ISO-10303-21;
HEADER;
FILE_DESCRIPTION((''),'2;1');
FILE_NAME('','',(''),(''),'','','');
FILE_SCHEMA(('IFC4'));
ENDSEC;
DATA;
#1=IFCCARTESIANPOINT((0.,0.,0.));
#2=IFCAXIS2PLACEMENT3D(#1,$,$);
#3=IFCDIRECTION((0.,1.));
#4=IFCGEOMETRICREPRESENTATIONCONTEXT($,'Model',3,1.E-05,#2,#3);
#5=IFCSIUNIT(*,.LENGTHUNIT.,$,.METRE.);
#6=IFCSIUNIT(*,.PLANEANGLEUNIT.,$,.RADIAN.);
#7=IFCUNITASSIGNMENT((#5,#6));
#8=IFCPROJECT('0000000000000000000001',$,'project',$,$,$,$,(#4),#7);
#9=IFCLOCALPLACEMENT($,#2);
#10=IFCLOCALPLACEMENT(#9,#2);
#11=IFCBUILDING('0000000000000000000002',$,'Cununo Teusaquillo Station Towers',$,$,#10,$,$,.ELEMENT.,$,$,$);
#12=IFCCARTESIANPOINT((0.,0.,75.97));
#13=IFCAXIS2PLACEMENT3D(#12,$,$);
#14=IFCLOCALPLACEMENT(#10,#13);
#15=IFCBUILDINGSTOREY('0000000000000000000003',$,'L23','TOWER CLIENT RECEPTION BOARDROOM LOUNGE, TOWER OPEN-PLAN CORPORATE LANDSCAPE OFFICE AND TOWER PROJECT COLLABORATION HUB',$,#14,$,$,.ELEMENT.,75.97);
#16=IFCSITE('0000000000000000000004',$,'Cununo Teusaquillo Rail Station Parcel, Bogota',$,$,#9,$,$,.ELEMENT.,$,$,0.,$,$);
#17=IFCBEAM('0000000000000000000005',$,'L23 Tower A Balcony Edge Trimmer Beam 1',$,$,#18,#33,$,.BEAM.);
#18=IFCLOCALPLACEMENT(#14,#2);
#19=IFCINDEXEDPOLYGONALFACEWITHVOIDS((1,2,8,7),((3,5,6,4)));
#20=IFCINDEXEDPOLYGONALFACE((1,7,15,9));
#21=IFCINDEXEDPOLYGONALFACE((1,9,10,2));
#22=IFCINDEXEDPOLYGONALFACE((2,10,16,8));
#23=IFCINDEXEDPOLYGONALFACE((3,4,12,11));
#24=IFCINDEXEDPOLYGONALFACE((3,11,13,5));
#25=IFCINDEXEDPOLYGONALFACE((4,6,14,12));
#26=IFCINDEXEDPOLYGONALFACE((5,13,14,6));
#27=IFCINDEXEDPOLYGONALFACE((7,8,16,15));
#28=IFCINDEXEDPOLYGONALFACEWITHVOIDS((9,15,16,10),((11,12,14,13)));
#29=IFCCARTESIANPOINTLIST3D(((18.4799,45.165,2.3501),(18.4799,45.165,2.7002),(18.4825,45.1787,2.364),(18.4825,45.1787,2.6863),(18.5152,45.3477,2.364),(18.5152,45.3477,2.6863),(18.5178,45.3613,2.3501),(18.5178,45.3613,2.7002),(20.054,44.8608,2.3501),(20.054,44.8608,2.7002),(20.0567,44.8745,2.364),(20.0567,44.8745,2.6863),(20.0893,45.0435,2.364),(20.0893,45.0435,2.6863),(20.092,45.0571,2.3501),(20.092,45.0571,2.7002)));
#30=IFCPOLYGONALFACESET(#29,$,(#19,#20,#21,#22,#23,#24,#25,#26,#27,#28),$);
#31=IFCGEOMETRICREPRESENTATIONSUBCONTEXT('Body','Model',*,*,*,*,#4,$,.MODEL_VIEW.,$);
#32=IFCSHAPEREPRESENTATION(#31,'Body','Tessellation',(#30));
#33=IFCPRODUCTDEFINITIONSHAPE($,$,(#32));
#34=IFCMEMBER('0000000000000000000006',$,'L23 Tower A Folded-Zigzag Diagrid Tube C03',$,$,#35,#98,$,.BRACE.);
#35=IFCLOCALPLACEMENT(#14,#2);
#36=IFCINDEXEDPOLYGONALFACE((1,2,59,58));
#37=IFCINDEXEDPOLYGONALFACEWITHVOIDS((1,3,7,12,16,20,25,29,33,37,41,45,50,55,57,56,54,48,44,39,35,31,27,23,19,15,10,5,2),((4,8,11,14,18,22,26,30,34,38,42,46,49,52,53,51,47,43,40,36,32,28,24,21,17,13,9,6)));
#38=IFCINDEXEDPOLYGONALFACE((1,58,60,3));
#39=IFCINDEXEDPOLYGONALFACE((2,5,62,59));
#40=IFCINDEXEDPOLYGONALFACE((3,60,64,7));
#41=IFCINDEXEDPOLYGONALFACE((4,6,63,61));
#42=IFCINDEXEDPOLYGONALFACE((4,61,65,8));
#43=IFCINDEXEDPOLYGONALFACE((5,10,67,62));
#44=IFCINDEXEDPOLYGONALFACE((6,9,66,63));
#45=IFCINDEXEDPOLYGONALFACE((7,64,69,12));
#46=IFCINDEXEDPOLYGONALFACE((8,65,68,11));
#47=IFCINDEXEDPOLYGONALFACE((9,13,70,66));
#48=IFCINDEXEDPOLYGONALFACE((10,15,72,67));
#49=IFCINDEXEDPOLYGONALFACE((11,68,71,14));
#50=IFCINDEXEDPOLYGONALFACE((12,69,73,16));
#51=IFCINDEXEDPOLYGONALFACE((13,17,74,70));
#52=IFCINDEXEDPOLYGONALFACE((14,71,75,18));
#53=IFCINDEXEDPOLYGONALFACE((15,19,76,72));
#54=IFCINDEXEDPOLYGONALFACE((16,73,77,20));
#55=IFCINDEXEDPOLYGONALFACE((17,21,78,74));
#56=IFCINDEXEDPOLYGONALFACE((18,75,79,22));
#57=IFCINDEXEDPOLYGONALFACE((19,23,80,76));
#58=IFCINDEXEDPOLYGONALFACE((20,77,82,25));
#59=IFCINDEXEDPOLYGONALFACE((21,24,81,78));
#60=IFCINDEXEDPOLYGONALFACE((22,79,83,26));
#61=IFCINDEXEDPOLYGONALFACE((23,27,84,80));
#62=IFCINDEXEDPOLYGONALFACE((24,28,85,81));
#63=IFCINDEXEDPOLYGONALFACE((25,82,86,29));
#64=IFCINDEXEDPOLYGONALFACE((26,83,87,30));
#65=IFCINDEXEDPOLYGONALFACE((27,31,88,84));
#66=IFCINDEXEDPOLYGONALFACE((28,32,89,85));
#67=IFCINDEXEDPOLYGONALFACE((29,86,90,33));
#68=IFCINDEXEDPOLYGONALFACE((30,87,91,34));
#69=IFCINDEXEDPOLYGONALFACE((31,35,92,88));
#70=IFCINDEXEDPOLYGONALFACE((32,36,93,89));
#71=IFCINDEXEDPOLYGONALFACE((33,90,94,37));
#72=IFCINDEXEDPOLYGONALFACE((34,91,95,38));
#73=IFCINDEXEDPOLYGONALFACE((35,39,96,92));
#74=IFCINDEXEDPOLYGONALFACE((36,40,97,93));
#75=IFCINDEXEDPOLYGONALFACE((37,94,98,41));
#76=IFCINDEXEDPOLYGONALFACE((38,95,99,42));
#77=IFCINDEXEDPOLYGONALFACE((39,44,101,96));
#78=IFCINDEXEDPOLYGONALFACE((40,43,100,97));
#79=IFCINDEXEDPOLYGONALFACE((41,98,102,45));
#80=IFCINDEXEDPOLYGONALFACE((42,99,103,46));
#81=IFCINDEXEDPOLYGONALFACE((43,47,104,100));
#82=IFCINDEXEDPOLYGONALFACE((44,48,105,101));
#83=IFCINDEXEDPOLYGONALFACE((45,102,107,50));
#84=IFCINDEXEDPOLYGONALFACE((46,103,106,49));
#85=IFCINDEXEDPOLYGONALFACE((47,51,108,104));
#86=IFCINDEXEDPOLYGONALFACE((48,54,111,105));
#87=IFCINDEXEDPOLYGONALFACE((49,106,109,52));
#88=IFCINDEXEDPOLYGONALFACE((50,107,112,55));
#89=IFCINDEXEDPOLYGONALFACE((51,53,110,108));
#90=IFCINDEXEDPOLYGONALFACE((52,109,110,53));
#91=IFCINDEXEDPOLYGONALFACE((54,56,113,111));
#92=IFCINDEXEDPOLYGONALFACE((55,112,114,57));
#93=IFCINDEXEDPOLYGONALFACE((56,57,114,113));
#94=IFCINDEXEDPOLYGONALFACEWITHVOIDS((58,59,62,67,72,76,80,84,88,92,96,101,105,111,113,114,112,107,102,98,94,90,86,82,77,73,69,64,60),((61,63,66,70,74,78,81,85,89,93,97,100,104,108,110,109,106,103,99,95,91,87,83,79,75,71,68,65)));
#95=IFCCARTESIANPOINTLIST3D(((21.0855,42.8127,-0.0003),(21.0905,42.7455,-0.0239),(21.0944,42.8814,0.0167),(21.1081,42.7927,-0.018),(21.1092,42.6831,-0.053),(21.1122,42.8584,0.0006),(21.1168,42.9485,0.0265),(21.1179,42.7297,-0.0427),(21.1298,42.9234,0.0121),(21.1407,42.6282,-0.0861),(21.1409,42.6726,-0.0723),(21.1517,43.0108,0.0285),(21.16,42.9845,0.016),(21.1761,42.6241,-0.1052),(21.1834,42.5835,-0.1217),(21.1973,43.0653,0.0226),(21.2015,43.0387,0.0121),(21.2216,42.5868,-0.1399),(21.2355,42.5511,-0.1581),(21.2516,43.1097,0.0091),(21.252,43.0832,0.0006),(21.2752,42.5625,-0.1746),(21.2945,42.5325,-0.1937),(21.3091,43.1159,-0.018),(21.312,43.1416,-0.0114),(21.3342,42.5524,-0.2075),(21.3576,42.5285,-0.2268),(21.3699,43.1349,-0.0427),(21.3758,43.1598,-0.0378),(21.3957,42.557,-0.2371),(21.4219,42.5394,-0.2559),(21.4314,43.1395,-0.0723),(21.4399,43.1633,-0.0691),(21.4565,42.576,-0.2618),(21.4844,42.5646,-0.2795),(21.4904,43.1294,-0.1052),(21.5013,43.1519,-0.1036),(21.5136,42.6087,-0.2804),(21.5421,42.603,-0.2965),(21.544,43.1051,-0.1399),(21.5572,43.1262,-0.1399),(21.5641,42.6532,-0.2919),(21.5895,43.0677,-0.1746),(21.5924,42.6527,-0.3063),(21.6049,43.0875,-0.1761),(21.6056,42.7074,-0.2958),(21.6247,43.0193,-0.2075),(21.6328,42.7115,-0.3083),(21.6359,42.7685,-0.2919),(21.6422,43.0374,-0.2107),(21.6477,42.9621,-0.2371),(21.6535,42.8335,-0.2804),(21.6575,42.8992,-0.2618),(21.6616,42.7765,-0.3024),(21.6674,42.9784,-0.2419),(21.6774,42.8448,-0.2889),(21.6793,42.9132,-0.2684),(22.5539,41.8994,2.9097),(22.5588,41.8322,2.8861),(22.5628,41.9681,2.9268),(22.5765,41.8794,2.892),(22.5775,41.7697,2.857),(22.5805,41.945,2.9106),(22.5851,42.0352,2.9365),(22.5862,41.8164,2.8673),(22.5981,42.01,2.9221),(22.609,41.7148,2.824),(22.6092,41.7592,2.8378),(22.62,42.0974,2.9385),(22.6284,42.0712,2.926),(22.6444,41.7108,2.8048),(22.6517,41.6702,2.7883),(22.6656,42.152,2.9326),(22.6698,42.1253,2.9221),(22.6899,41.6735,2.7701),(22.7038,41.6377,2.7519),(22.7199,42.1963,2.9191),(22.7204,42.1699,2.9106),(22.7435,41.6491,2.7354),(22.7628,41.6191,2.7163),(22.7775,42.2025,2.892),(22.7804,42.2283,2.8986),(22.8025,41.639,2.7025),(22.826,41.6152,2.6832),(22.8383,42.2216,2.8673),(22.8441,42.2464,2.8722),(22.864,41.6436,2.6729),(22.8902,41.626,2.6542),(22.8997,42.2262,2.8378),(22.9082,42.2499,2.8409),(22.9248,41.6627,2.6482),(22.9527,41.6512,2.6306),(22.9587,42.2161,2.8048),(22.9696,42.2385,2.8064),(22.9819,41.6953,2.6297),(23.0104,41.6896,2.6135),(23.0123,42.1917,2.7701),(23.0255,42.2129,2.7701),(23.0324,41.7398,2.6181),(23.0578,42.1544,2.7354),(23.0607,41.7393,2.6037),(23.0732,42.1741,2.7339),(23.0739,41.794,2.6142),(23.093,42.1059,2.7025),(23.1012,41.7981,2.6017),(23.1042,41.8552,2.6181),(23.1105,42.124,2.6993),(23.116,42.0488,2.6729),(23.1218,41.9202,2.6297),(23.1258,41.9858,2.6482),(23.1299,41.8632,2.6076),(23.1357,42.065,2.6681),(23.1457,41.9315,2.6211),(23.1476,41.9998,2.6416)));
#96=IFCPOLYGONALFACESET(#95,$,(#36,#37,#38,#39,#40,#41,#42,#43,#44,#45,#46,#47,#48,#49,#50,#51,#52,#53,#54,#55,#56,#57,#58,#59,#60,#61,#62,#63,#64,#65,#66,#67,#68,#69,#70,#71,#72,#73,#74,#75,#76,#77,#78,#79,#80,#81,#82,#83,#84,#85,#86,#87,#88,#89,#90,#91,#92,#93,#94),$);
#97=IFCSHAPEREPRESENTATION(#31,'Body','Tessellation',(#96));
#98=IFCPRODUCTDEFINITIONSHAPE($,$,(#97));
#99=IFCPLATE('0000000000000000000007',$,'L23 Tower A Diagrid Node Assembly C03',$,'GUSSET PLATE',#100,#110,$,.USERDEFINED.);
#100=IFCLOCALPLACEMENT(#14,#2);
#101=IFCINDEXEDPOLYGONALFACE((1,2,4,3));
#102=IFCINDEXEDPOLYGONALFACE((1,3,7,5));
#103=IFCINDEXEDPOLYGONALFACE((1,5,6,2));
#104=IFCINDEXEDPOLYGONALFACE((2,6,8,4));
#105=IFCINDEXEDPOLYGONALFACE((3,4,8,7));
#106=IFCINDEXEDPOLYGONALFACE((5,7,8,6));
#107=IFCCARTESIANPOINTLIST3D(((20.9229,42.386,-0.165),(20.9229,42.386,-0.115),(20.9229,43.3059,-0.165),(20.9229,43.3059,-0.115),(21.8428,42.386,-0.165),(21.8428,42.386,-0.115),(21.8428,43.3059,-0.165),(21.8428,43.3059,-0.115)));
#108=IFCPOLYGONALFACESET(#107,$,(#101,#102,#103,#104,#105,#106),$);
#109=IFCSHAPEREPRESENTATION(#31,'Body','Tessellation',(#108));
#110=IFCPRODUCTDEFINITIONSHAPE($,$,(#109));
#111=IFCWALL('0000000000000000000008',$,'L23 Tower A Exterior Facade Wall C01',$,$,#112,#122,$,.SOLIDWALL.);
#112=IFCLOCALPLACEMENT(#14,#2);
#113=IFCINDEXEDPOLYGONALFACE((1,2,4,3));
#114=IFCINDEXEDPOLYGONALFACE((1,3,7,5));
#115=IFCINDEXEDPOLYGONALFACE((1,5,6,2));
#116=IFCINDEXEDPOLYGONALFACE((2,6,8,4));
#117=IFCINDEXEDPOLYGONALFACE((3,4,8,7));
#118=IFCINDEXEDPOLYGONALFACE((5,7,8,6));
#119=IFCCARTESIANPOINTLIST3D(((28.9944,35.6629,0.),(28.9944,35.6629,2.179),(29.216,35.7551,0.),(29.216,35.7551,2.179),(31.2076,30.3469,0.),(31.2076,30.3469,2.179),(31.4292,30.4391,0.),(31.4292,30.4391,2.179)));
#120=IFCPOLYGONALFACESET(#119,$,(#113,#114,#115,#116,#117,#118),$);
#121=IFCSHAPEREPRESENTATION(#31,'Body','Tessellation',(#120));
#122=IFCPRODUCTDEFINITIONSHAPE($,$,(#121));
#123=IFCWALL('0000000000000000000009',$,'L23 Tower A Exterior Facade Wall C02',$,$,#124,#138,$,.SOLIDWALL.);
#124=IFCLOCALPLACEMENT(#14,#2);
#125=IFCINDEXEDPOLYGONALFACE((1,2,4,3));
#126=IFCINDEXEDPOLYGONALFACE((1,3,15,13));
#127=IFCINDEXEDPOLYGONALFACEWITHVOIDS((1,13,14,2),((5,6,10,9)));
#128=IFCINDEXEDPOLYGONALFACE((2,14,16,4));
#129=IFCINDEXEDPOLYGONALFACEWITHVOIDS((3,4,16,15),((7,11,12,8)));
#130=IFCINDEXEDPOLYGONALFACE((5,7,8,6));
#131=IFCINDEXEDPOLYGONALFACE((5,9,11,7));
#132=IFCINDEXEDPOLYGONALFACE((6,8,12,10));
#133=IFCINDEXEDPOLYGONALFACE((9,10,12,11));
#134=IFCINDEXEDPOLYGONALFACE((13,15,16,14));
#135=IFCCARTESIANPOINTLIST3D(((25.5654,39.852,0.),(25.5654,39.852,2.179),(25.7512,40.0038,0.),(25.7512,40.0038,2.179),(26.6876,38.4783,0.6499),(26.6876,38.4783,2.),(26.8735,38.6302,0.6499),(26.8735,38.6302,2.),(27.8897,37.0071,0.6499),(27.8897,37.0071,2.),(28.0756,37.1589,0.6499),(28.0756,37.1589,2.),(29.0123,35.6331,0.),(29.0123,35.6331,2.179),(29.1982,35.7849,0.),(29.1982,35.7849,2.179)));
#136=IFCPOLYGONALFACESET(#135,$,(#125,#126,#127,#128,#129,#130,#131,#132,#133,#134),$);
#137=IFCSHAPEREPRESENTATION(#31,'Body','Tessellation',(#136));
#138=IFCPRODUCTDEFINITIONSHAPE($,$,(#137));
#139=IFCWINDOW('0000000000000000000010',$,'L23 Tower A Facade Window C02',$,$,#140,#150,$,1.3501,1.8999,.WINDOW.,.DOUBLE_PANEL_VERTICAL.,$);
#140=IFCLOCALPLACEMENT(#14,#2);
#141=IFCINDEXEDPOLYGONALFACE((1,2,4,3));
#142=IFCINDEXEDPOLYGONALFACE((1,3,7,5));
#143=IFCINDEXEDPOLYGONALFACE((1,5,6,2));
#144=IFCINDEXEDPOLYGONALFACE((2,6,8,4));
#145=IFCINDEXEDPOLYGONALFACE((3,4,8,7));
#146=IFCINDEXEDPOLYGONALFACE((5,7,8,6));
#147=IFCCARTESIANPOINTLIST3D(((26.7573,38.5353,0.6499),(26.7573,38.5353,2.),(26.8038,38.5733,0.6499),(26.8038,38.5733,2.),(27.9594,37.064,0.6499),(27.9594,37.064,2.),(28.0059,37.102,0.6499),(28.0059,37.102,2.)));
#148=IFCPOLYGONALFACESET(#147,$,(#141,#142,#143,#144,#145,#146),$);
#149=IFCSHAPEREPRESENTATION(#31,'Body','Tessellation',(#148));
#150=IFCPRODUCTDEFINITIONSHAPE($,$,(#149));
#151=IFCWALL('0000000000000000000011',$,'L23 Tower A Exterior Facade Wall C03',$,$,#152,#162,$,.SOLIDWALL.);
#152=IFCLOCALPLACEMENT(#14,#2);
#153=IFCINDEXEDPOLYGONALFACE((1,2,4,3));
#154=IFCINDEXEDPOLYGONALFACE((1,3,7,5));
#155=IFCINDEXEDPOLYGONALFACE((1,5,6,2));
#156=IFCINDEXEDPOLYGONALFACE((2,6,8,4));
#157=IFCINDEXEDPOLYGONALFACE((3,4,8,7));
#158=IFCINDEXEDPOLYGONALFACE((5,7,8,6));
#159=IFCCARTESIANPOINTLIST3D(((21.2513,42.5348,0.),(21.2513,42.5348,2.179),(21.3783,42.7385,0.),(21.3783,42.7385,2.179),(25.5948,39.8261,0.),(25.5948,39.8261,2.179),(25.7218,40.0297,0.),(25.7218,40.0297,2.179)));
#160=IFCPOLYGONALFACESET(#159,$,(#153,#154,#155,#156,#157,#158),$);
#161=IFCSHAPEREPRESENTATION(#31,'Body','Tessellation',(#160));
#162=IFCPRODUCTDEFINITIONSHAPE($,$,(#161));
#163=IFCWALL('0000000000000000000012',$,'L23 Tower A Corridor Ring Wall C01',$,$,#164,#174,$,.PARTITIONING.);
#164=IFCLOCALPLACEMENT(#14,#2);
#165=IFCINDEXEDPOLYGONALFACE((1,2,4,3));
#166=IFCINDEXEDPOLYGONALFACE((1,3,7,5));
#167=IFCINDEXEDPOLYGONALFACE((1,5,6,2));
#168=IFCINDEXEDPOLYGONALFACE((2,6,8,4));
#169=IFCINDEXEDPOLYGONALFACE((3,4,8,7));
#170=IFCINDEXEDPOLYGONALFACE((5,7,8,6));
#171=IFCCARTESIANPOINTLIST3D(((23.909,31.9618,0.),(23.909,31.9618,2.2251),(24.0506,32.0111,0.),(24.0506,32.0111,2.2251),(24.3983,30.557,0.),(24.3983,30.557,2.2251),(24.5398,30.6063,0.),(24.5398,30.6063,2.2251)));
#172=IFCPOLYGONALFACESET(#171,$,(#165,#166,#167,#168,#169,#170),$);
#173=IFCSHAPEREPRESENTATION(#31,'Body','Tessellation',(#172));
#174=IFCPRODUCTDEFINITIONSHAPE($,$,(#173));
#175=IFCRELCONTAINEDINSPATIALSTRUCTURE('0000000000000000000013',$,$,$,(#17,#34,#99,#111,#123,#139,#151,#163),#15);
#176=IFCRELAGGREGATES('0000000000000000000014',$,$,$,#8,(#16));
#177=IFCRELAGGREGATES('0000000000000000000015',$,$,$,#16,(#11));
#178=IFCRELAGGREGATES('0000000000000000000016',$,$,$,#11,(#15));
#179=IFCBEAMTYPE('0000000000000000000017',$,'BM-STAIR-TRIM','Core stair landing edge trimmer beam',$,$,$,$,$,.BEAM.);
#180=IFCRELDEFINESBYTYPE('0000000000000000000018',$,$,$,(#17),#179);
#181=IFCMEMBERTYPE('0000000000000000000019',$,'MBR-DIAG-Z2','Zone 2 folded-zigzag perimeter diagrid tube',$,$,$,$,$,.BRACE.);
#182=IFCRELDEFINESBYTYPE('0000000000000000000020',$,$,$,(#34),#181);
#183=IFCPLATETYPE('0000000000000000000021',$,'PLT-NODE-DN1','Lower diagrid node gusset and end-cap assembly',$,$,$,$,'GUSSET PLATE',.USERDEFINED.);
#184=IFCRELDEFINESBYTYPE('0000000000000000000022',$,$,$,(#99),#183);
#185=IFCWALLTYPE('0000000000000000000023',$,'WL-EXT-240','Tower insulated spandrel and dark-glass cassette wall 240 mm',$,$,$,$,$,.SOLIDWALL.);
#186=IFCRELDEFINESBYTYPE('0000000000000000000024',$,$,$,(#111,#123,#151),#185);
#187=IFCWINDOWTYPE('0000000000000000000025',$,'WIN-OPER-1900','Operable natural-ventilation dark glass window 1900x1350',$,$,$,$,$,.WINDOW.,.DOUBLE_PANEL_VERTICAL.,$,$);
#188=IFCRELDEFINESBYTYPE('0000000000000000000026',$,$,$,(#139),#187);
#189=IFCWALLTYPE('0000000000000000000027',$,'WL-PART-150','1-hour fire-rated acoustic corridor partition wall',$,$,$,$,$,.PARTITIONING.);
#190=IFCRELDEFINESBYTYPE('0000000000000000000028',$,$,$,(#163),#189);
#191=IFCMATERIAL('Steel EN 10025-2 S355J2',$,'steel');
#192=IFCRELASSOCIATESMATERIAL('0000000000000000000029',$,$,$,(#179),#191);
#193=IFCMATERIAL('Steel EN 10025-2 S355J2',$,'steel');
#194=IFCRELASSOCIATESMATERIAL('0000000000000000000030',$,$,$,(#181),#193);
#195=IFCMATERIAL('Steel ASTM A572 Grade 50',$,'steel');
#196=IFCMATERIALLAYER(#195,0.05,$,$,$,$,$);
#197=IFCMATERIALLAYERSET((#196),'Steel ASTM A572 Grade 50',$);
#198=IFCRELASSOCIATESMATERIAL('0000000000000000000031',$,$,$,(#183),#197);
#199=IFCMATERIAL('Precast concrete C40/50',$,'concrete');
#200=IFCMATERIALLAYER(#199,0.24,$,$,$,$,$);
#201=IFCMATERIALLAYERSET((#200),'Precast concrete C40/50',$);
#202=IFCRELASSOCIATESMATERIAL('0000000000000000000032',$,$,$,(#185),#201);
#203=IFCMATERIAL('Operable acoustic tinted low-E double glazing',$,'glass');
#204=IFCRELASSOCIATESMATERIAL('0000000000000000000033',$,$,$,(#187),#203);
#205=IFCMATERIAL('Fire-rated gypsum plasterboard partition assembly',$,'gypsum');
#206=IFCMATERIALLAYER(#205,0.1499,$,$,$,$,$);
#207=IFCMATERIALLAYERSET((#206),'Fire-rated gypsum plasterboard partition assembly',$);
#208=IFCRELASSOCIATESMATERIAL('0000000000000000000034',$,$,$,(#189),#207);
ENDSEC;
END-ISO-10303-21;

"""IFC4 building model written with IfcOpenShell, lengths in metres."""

from ifc_helpers import new_model, si_unit, direction, frame, frame_2d, origin, origin_2d, place, context, subcontext, project, spatial, rectangle, hollow_rectangle, hollow_circle, extrude, source, transform, mapped, material, layer, layer_set, material_profile, profile_set, type_object, element, fill, save


model = new_model("IFC4")

# Units and contexts
model_context = context("Model", 3, precision=1e-05, world=origin(), true_north=direction((0.0, 1.0)))
body_context = subcontext(model_context, "Body", "Model", "MODEL_VIEW")
ifc_project = project(units=[si_unit("LENGTHUNIT", "METRE"), si_unit("PLANEANGLEUNIT", "RADIAN")], contexts=[model_context])

# Site, building, storey
site_placement = place(None, origin())
site = spatial("IfcSite", under=ifc_project, at=site_placement, Name="Cununo Teusaquillo Rail Station Parcel, Bogota", CompositionType="ELEMENT", RefElevation=0.0)
building_placement = place(site_placement, origin())
building = spatial("IfcBuilding", under=site, at=building_placement, Name="Cununo Teusaquillo Station Towers", CompositionType="ELEMENT")
storey_placement = place(building_placement, frame((0.0, 0.0, 75.97)))
storey = spatial("IfcBuildingStorey", under=building, at=storey_placement, Name="L23", Description="TOWER CLIENT RECEPTION BOARDROOM LOUNGE, TOWER OPEN-PLAN CORPORATE LANDSCAPE OFFICE AND TOWER PROJECT COLLABORATION HUB", CompositionType="ELEMENT", Elevation=75.97)

# Beam
ifc_material_1 = material(Name="Steel EN 10025-2 S355J2", Category="steel")
ifc_material_profile_1 = material_profile(ifc_material_1, hollow_rectangle(XDim=0.2, YDim=0.3501, WallThickness=0.0139, at=origin_2d()), Name="RHS 350x200x14")
ifc_profile_set_1 = profile_set([ifc_material_profile_1], Name="Steel EN 10025-2 S355J2")
beam_type_1 = type_object("IfcBeamType", Name="BM-STAIR-TRIM", Description="Core stair landing edge trimmer beam", PredefinedType="BEAM", material=ifc_profile_set_1)
beam_1_placement = place(storey_placement, frame((20.073, 44.959, 2.5251), z_axis=(-0.981837, 0.189728, 0.0), x_axis=(-0.189728, -0.981837, 0.0)))
element("IfcBeam", 1, at=beam_1_placement, inside=storey, type_object=beam_type_1, Name="L23 Tower A Balcony Edge Trimmer Beam 1", PredefinedType="BEAM", context=body_context, shape_type="SweptSolid", body=[
    extrude(hollow_rectangle(XDim=0.2, YDim=0.3501, WallThickness=0.0139, at=origin_2d()), origin(), (0.0, 0.0, 1.0), 1.6033),
])

# Member
ifc_material_2 = material(Name="Steel EN 10025-2 S355J2", Category="steel")
ifc_material_profile_2 = material_profile(ifc_material_2, hollow_circle(Radius=0.3301, WallThickness=0.0249, at=origin_2d()), Name="CHS 660x25")
ifc_profile_set_2 = profile_set([ifc_material_profile_2], Name="Steel EN 10025-2 S355J2")
member_type = type_object("IfcMemberType", Name="MBR-DIAG-Z2", Description="Zone 2 folded-zigzag perimeter diagrid tube", PredefinedType="BRACE", material=ifc_profile_set_2)
member_placement = place(storey_placement, frame((21.3828, 42.8459, -0.1399), z_axis=(0.433768, -0.269825, 0.859674), x_axis=(0.528196, 0.849123, 0.0)))
element("IfcMember", 2, at=member_placement, inside=storey, type_object=member_type, Name="L23 Tower A Folded-Zigzag Diagrid Tube C03", PredefinedType="BRACE", context=body_context, shape_type="SweptSolid", body=[
    extrude(hollow_circle(Radius=0.3301, WallThickness=0.0249, at=origin_2d()), origin(), (0.0, 0.0, 1.0), 3.385),
])

# Plate
ifc_material_3 = material(Name="Steel ASTM A572 Grade 50", Category="steel")
ifc_layer_1 = layer(ifc_material_3, 0.05)
ifc_layer_set_1 = layer_set([ifc_layer_1], Name="Steel ASTM A572 Grade 50")
plate_type = type_object("IfcPlateType", Name="PLT-NODE-DN1", Description="Lower diagrid node gusset and end-cap assembly", ElementType="GUSSET PLATE", PredefinedType="USERDEFINED", material=ifc_layer_set_1)
shared_shape_1 = source(origin(), body_context, "Body", "SweptSolid", [
    extrude(rectangle(XDim=0.9199, YDim=0.9199, at=origin_2d()), origin(), (0.0, 0.0, 1.0), 0.05),
])
plate_placement = place(storey_placement, frame((21.3828, 42.8459, -0.165), z_axis=(0.0, 0.0, 1.0), x_axis=(1.0, 0.0, 0.0)))
element("IfcPlate", 3, at=plate_placement, inside=storey, type_object=plate_type, Name="L23 Tower A Diagrid Node Assembly C03", ObjectType="GUSSET PLATE", PredefinedType="USERDEFINED", context=body_context, shape_type="MappedRepresentation", body=[
    mapped(shared_shape_1, transform((0.0, 0.0, 0.0), x_axis=(1.0, 0.0, 0.0), y_axis=(0.0, 1.0, 0.0), z_axis=(0.0, 0.0, 1.0), scale=1.0)),
])

# Wall
ifc_material_4 = material(Name="Precast concrete C40/50", Category="concrete")
ifc_layer_2 = layer(ifc_material_4, 0.24)
ifc_layer_set_2 = layer_set([ifc_layer_2], Name="Precast concrete C40/50")
wall_type_1 = type_object("IfcWallType", Name="WL-EXT-240", Description="Tower insulated spandrel and dark-glass cassette wall 240 mm", PredefinedType="SOLIDWALL", material=ifc_layer_set_2)
wall_1_placement = place(storey_placement, frame((29.1052, 35.709, 0.0), z_axis=(0.0, 0.0, 1.0), x_axis=(0.384344, -0.92319, 0.0)))
element("IfcWall", 4, at=wall_1_placement, inside=storey, type_object=wall_type_1, Name="L23 Tower A Exterior Facade Wall C01", PredefinedType="SOLIDWALL", context=body_context, shape_type="SweptSolid", body=[
    extrude(rectangle(XDim=5.7583, YDim=0.24, at=frame_2d((2.8792, 0.0))), origin(), (0.0, 0.0, 1.0), 2.179),
])

# Wall, opening, window
wall_2_placement = place(storey_placement, frame((25.6582, 39.928, 0.0), z_axis=(0.0, 0.0, 1.0), x_axis=(0.632701, -0.774396, 0.0)))
wall_2 = element("IfcWall", 5, at=wall_2_placement, inside=storey, type_object=wall_type_1, Name="L23 Tower A Exterior Facade Wall C02", PredefinedType="SOLIDWALL", context=body_context, shape_type="SweptSolid", body=[
    extrude(rectangle(XDim=5.448, YDim=0.24, at=frame_2d((2.7241, 0.0))), origin(), (0.0, 0.0, 1.0), 2.179),
])
shared_shape_2 = source(origin(), body_context, "Body", "SweptSolid", [
    extrude(rectangle(XDim=1.8999, YDim=1.3501, at=frame_2d((0.95, 0.675))), frame((0.0, 0.1299, 0.0), z_axis=(0.0, -1.0, 0.0), x_axis=(1.0, 0.0, 0.0)), (0.0, 0.0, 1.0), 0.26),
])
opening_1_placement = place(wall_2_placement, frame((1.7739, 0.0, 0.6499)))
opening_1 = element("IfcOpeningElement", 6, at=opening_1_placement, cuts=wall_2, PredefinedType="OPENING", context=body_context, shape_type="MappedRepresentation", body=[
    mapped(shared_shape_2, transform((0.0, 0.0, 0.0), x_axis=(1.0, 0.0, 0.0), y_axis=(0.0, 1.0, 0.0), z_axis=(0.0, 0.0, 1.0), scale=1.0)),
])
ifc_material_5 = material(Name="Operable acoustic tinted low-E double glazing", Category="glass")
window_type = type_object("IfcWindowType", Name="WIN-OPER-1900", Description="Operable natural-ventilation dark glass window 1900x1350", PartitioningType="DOUBLE_PANEL_VERTICAL", PredefinedType="WINDOW", material=ifc_material_5)
shared_shape_3 = source(origin(), body_context, "Body", "SweptSolid", [
    extrude(rectangle(XDim=1.8999, YDim=1.3501, at=frame_2d((0.95, 0.675))), frame((0.0, 0.03, 0.0), z_axis=(0.0, -1.0, 0.0), x_axis=(1.0, 0.0, 0.0)), (0.0, 0.0, 1.0), 0.0601),
])
window_placement = place(opening_1_placement, origin())
window = element("IfcWindow", 7, at=window_placement, inside=storey, type_object=window_type, Name="L23 Tower A Facade Window C02", OverallHeight=1.3501, OverallWidth=1.8999, PartitioningType="DOUBLE_PANEL_VERTICAL", PredefinedType="WINDOW", context=body_context, shape_type="MappedRepresentation", body=[
    mapped(shared_shape_3, transform((0.0, 0.0, 0.0), x_axis=(1.0, 0.0, 0.0), y_axis=(0.0, 1.0, 0.0), z_axis=(0.0, 0.0, 1.0), scale=1.0)),
])
fill(opening_1, window)

# Walls
wall_3_placement = place(storey_placement, frame((21.3147, 42.6367, 0.0), z_axis=(0.0, 0.0, 1.0), x_axis=(0.84852, -0.529163, 0.0)))
element("IfcWall", 8, at=wall_3_placement, inside=storey, type_object=wall_type_1, Name="L23 Tower A Exterior Facade Wall C03", PredefinedType="SOLIDWALL", context=body_context, shape_type="SweptSolid", body=[
    extrude(rectangle(XDim=5.1189, YDim=0.24, at=frame_2d((2.5596, 0.0))), origin(), (0.0, 0.0, 1.0), 2.179),
])
ifc_material_6 = material(Name="Fire-rated gypsum plasterboard partition assembly", Category="gypsum")
ifc_layer_3 = layer(ifc_material_6, 0.1499)
ifc_layer_set_3 = layer_set([ifc_layer_3], Name="Fire-rated gypsum plasterboard partition assembly")
wall_type_2 = type_object("IfcWallType", Name="WL-PART-150", Description="1-hour fire-rated acoustic corridor partition wall", PredefinedType="PARTITIONING", material=ifc_layer_set_3)
wall_4_placement = place(storey_placement, frame((24.469, 30.5818, 0.0), z_axis=(0.0, 0.0, 1.0), x_axis=(-0.328903, 0.944364, 0.0)))
element("IfcWall", 9, at=wall_4_placement, inside=storey, type_object=wall_type_2, Name="L23 Tower A Corridor Ring Wall C01", PredefinedType="PARTITIONING", context=body_context, shape_type="SweptSolid", body=[
    extrude(rectangle(XDim=1.4875, YDim=0.1499, at=frame_2d((0.7437, 0.0))), origin(), (0.0, 0.0, 1.0), 2.2251),
])

save(model, "model.ifc")
